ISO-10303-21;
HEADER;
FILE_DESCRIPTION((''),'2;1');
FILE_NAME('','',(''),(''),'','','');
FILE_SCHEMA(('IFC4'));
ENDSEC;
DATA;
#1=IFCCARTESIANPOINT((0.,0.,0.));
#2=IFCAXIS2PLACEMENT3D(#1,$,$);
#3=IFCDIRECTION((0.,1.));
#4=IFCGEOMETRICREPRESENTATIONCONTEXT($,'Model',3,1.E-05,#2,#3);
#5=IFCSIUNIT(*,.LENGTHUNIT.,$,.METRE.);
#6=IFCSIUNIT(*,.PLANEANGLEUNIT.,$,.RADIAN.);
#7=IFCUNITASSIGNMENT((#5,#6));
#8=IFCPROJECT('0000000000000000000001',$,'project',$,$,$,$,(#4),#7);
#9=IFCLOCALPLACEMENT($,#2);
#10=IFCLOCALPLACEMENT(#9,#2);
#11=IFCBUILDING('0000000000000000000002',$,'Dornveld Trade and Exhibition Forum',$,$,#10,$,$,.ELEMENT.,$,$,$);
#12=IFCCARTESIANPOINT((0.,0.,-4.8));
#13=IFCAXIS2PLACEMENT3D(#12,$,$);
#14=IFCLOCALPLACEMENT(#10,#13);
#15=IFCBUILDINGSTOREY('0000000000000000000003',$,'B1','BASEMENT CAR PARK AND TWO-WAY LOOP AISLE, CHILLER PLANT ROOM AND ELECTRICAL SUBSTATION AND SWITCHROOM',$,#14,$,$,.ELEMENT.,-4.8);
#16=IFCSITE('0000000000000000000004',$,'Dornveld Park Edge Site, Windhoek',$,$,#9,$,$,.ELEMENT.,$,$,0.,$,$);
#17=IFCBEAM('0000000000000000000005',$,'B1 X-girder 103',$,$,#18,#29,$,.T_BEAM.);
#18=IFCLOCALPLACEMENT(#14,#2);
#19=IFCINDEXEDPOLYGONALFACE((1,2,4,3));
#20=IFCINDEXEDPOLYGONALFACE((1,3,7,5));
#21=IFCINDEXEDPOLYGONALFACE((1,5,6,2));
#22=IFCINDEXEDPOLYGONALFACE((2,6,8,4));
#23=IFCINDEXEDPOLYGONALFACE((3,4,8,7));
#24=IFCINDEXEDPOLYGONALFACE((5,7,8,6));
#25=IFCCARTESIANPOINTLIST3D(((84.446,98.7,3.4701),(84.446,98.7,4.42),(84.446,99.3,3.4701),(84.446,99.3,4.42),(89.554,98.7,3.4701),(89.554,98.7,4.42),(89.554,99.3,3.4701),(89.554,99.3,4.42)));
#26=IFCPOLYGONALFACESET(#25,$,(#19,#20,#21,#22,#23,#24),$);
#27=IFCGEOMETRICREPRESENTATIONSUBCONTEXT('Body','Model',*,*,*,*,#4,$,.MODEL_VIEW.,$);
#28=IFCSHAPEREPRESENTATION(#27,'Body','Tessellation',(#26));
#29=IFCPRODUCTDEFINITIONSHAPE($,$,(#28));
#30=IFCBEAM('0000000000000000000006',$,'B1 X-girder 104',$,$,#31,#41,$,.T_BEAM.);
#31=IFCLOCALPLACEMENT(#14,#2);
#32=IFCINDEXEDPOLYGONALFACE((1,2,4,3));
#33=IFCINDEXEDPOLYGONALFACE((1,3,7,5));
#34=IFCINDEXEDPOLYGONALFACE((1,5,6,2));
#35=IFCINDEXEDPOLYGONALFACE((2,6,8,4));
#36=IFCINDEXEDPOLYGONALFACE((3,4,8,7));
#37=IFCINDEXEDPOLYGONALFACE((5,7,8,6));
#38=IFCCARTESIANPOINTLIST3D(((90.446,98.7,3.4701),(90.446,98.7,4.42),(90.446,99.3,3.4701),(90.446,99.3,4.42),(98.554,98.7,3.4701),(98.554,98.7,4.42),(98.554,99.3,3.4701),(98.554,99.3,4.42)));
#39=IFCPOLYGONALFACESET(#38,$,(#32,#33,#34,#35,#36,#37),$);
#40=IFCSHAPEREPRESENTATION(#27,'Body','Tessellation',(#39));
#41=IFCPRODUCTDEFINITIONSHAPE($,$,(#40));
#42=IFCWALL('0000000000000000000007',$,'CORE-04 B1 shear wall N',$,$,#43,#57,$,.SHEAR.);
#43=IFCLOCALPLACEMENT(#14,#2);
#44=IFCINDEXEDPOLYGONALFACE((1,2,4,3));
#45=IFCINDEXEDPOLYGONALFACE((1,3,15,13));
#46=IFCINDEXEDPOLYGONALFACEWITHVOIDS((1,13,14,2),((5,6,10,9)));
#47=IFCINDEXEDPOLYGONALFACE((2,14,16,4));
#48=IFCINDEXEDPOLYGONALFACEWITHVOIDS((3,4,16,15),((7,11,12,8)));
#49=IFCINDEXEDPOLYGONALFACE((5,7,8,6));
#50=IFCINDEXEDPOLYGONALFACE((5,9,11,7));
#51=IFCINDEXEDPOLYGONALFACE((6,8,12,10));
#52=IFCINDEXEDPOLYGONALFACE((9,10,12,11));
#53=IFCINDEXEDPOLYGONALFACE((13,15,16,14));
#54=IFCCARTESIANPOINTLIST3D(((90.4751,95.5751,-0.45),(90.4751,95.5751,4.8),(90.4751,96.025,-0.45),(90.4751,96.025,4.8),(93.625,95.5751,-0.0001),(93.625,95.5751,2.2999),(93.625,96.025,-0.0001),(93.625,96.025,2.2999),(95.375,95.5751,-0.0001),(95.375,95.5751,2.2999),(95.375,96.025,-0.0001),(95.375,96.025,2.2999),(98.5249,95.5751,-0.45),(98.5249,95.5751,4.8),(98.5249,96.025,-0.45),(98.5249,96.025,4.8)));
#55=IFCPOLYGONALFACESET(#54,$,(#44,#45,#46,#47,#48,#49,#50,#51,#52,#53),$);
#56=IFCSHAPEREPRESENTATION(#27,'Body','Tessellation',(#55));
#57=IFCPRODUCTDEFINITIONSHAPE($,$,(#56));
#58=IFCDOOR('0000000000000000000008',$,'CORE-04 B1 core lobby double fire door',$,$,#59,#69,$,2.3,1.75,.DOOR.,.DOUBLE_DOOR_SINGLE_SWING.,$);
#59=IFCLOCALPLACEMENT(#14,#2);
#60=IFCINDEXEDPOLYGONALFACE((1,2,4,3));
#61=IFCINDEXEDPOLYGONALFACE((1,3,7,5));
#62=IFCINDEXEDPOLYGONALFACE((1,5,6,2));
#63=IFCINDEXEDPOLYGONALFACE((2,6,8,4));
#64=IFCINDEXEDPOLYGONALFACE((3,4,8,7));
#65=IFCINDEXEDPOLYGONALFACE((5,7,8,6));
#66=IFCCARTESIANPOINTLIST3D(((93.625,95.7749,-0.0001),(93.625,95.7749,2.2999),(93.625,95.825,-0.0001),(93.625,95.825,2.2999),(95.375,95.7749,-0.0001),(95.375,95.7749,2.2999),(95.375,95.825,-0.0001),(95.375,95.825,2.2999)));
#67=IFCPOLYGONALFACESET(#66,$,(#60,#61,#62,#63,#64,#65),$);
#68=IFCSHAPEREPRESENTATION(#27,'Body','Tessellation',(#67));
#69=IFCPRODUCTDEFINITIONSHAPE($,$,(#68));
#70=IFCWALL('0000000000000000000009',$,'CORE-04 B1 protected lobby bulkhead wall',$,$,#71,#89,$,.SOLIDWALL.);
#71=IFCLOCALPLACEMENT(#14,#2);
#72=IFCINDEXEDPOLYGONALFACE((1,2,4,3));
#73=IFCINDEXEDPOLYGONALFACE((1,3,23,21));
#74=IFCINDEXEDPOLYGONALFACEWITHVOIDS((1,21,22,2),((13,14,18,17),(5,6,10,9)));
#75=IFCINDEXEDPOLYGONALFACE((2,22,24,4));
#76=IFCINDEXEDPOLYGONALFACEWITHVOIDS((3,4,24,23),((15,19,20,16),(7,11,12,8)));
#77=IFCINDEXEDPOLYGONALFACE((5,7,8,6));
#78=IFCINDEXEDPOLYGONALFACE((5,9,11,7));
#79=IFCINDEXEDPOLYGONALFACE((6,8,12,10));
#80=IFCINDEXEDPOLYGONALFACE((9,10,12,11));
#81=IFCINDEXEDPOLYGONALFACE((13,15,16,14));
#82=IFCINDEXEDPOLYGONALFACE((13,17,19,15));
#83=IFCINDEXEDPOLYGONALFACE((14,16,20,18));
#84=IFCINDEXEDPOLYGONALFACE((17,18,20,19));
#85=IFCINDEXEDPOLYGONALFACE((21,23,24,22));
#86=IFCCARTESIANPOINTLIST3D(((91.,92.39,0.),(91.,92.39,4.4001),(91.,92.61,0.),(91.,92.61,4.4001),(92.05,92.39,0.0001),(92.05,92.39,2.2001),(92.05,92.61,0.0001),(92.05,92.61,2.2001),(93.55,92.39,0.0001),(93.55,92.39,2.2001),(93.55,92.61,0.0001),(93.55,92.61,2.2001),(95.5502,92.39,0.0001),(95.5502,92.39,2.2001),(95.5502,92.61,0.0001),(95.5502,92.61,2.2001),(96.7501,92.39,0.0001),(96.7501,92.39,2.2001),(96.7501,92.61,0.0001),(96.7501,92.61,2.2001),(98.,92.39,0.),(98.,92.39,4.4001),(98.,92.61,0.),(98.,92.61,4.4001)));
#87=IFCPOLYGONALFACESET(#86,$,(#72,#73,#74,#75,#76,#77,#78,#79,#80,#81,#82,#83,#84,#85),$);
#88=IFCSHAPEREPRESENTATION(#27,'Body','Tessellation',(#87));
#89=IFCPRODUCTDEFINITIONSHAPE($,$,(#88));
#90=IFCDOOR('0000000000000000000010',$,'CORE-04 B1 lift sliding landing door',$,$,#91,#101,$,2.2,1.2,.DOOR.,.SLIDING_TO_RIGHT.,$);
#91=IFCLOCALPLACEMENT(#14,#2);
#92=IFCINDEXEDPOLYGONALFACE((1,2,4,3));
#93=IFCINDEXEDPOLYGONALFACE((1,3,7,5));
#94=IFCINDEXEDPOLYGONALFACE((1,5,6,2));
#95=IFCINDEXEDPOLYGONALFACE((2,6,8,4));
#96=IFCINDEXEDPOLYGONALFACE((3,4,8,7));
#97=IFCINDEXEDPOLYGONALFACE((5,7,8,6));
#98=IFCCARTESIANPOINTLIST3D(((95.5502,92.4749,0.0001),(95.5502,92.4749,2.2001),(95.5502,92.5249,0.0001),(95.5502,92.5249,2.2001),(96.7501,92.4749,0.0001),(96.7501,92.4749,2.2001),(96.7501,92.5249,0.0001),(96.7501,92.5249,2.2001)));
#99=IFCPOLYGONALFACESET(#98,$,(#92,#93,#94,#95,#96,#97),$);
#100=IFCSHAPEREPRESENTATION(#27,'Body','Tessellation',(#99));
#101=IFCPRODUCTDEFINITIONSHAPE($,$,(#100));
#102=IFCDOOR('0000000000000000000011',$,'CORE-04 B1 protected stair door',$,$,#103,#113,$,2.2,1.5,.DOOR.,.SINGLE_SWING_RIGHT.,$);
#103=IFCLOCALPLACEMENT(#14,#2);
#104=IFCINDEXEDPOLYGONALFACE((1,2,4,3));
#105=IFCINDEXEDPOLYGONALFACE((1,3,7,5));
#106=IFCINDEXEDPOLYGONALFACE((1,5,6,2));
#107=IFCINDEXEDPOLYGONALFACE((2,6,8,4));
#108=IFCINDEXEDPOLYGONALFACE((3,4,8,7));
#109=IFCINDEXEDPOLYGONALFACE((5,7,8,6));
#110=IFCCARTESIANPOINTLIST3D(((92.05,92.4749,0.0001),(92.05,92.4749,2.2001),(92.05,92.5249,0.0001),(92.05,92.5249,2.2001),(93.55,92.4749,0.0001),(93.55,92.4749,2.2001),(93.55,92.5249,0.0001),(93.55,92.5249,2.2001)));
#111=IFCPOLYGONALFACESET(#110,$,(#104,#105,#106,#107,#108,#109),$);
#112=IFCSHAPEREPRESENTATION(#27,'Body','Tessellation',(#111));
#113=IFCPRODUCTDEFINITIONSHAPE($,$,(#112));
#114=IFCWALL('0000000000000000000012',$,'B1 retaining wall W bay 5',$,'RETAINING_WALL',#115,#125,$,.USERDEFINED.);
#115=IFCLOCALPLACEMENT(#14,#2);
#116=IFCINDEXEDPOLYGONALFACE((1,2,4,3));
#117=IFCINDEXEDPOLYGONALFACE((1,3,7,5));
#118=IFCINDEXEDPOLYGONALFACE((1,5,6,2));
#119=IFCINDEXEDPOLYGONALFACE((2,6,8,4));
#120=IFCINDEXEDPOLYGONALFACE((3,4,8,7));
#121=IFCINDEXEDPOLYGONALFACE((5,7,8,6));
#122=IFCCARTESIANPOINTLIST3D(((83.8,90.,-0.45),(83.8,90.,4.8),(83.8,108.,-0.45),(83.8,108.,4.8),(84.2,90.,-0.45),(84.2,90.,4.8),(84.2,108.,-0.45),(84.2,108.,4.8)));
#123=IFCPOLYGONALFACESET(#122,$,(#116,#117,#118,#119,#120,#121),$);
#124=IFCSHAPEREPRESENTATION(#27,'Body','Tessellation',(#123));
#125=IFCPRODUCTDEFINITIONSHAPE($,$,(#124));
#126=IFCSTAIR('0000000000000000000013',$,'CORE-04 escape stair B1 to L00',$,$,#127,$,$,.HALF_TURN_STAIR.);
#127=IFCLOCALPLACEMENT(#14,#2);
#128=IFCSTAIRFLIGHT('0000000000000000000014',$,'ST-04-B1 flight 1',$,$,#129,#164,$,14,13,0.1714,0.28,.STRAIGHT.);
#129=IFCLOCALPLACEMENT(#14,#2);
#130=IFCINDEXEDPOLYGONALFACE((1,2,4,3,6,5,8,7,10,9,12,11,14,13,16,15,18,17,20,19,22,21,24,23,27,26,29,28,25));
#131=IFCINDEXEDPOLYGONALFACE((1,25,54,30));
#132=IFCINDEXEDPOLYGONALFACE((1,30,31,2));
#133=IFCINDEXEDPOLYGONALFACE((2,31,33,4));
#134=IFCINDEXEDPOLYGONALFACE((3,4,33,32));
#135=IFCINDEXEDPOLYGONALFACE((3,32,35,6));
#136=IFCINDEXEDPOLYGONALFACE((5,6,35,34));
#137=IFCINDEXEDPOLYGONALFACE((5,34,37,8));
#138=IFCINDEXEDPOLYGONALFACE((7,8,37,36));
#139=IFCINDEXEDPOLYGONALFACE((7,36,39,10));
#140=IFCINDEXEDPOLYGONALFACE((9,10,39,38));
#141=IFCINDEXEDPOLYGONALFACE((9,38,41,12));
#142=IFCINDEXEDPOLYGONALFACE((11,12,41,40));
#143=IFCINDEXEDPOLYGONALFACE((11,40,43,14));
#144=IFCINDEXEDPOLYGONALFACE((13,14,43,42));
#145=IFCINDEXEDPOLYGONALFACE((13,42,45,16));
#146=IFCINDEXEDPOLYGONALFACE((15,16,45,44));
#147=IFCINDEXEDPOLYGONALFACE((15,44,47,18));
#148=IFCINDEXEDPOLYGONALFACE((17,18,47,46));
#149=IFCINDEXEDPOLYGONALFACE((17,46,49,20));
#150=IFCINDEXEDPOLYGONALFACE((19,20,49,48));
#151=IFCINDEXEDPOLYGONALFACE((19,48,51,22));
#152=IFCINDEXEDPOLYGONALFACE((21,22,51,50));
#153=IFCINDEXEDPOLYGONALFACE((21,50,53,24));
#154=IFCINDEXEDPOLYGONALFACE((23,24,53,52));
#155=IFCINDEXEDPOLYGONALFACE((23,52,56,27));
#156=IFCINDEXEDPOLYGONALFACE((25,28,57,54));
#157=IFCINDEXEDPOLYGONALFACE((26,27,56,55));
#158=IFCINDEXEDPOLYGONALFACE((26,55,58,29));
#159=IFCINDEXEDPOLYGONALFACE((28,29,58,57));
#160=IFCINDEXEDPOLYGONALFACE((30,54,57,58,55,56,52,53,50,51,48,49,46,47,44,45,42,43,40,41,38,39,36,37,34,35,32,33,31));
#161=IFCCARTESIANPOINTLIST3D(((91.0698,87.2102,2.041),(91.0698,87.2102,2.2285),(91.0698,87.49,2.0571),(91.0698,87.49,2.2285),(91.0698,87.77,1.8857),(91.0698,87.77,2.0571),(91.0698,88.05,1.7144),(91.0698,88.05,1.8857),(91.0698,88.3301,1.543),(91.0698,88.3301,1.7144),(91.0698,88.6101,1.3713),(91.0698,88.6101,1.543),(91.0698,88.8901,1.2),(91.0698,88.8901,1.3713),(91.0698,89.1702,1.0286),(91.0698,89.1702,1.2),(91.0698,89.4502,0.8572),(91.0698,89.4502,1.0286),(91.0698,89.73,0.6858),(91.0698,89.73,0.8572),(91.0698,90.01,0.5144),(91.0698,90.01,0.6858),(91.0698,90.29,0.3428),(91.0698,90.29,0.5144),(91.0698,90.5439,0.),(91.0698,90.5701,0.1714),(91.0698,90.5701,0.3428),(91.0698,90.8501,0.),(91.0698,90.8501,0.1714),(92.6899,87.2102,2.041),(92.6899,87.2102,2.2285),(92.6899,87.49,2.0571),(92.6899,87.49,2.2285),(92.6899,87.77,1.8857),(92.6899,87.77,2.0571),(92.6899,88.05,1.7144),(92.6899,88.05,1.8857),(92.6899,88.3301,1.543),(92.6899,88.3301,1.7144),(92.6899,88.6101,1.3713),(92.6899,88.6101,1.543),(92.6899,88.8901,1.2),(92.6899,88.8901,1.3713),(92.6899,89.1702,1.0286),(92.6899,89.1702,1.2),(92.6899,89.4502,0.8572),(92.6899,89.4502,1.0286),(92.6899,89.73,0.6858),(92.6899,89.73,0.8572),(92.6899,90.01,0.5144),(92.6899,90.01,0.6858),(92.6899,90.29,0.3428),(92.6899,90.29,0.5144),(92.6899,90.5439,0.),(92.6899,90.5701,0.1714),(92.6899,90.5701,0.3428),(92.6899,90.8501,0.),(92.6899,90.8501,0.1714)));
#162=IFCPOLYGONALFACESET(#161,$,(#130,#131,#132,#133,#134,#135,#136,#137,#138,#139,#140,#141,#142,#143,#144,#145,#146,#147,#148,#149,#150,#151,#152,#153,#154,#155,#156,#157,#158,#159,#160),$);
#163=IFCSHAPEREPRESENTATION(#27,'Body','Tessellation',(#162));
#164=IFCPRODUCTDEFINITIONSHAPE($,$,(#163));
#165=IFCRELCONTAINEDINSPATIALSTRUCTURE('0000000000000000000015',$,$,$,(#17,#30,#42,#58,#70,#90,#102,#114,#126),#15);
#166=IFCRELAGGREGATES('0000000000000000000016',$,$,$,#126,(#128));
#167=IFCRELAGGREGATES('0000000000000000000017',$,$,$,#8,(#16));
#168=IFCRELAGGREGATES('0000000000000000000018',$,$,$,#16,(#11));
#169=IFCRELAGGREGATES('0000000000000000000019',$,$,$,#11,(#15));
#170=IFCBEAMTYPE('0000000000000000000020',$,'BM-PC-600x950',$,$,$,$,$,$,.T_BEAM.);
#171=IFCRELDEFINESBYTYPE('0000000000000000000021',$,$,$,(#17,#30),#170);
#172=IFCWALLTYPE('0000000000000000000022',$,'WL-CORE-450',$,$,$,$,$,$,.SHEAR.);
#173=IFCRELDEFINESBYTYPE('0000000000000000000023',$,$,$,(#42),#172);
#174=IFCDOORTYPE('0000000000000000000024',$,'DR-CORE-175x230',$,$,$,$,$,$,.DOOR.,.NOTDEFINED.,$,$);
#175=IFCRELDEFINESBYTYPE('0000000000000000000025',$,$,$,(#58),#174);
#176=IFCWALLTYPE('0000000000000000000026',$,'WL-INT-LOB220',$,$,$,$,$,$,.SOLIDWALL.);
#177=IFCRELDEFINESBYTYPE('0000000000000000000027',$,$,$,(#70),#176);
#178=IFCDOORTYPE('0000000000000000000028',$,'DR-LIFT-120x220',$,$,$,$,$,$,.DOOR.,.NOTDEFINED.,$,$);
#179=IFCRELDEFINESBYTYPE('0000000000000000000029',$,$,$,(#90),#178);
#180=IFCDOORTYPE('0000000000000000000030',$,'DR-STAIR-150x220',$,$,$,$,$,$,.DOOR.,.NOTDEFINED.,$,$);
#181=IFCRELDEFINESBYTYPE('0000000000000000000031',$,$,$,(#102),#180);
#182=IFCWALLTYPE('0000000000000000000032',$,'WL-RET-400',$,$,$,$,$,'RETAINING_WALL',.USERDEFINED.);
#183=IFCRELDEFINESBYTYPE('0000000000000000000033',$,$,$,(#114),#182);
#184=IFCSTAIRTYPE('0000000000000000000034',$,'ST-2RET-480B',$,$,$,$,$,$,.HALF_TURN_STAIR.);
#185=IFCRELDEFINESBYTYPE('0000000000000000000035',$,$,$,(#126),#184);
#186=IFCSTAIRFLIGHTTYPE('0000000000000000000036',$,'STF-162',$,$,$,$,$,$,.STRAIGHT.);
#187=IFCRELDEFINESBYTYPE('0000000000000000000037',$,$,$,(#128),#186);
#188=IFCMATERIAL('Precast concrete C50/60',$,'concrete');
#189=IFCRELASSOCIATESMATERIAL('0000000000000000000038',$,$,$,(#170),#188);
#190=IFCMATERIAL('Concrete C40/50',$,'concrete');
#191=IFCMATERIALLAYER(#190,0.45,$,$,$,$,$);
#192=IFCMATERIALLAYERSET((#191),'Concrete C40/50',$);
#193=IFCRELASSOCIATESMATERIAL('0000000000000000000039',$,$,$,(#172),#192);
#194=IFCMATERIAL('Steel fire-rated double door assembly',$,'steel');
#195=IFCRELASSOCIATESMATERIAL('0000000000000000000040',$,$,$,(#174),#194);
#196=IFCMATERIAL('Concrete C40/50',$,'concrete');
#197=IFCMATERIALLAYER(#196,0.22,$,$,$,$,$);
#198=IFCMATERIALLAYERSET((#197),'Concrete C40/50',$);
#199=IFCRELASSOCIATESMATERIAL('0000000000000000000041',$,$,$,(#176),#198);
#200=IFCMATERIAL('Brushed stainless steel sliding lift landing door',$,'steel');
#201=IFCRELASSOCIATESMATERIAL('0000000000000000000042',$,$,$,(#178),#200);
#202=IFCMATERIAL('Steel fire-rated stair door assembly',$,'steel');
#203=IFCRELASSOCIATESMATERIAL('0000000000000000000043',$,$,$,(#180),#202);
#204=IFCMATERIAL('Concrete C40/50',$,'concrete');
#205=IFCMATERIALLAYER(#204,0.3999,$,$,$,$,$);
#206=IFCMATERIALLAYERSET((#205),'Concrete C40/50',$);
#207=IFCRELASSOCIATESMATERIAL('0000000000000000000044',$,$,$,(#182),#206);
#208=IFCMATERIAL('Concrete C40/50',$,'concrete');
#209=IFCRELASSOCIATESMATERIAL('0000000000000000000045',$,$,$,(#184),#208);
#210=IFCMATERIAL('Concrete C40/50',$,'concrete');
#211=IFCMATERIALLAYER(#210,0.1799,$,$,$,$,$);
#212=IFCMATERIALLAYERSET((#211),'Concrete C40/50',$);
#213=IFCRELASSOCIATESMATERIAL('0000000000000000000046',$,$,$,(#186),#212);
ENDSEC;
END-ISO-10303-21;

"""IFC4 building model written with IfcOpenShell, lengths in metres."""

from ifc_helpers import new_model, si_unit, direction, frame, frame_2d, origin, origin_2d, place, context, subcontext, project, spatial, polyline, rectangle, outline, extrude, material, layer, layer_set, material_profile, profile_set, type_object, element, fill, aggregate, save


model = new_model("IFC4")

# Units and contexts
model_context = context("Model", 3, precision=1e-05, world=origin(), true_north=direction((0.0, 1.0)))
body_context = subcontext(model_context, "Body", "Model", "MODEL_VIEW")
ifc_project = project(units=[si_unit("LENGTHUNIT", "METRE"), si_unit("PLANEANGLEUNIT", "RADIAN")], contexts=[model_context])

# Site, building, storey
site_placement = place(None, origin())
site = spatial("IfcSite", under=ifc_project, at=site_placement, Name="Dornveld Park Edge Site, Windhoek", CompositionType="ELEMENT", RefElevation=0.0)
building_placement = place(site_placement, origin())
building = spatial("IfcBuilding", under=site, at=building_placement, Name="Dornveld Trade and Exhibition Forum", CompositionType="ELEMENT")
storey_placement = place(building_placement, frame((0.0, 0.0, -4.8)))
storey = spatial("IfcBuildingStorey", under=building, at=storey_placement, Name="B1", Description="BASEMENT CAR PARK AND TWO-WAY LOOP AISLE, CHILLER PLANT ROOM AND ELECTRICAL SUBSTATION AND SWITCHROOM", CompositionType="ELEMENT", Elevation=-4.8)

# Beams
ifc_material_1 = material(Name="Precast concrete C50/60", Category="concrete")
ifc_material_profile_1 = material_profile(ifc_material_1, rectangle(XDim=0.6001, YDim=0.95, at=origin_2d()), Name="PC-GIR 600x950")
ifc_profile_set_1 = profile_set([ifc_material_profile_1], Name="Precast concrete C50/60")
beam_type_1 = type_object("IfcBeamType", Name="BM-PC-600x950", PredefinedType="T_BEAM", material=ifc_profile_set_1)
for number, where, z_axis, x_axis, name in (
    (1, (84.446, 99.0, 3.9451), (1.0, 0.0, 0.0), (0.0, 1.0, 0.0), "B1 X-girder 103"),
):
    element("IfcBeam", number, at=place(storey_placement, frame(where, z_axis=z_axis, x_axis=x_axis)), inside=storey, type_object=beam_type_1, Name=name, PredefinedType="T_BEAM", context=body_context, shape_type="SweptSolid", body=[
        extrude(rectangle(XDim=0.6001, YDim=0.95, at=origin_2d()), origin(), (0.0, 0.0, 1.0), 5.1079),
    ])
beam_placement = place(storey_placement, frame((90.446, 99.0, 3.9451), z_axis=(1.0, 0.0, 0.0), x_axis=(0.0, 1.0, 0.0)))
element("IfcBeam", 2, at=beam_placement, inside=storey, type_object=beam_type_1, Name="B1 X-girder 104", PredefinedType="T_BEAM", context=body_context, shape_type="SweptSolid", body=[
    extrude(rectangle(XDim=0.6001, YDim=0.95, at=origin_2d()), origin(), (0.0, 0.0, 1.0), 8.1079),
])

# Wall, opening, door
ifc_material_2 = material(Name="Concrete C40/50", Category="concrete")
ifc_layer_1 = layer(ifc_material_2, 0.45)
ifc_layer_set_1 = layer_set([ifc_layer_1], Name="Concrete C40/50")
wall_type_1 = type_object("IfcWallType", Name="WL-CORE-450", PredefinedType="SHEAR", material=ifc_layer_set_1)
wall_1_placement = place(storey_placement, frame((90.4751, 95.8, -0.45), z_axis=(0.0, 0.0, 1.0), x_axis=(1.0, 0.0, 0.0)))
wall_1 = element("IfcWall", 3, at=wall_1_placement, inside=storey, type_object=wall_type_1, Name="CORE-04 B1 shear wall N", PredefinedType="SHEAR", context=body_context, shape_type="SweptSolid", body=[
    extrude(rectangle(XDim=8.0498, YDim=0.45, at=frame_2d((4.0249, 0.0))), origin(), (0.0, 0.0, 1.0), 5.25),
])
opening_1_placement = place(wall_1_placement, frame((3.1499, 0.0, 0.45)))
opening_1 = element("IfcOpeningElement", 4, at=opening_1_placement, cuts=wall_1, PredefinedType="OPENING", context=body_context, shape_type="SweptSolid", body=[
    extrude(rectangle(XDim=1.75, YDim=2.3, at=frame_2d((0.875, 1.1499))), frame((0.0, 0.2349, 0.0), z_axis=(0.0, -1.0, 0.0), x_axis=(1.0, 0.0, 0.0)), (0.0, 0.0, 1.0), 0.47),
])
ifc_material_3 = material(Name="Steel fire-rated double door assembly", Category="steel")
door_type_1 = type_object("IfcDoorType", Name="DR-CORE-175x230", OperationType="NOTDEFINED", PredefinedType="DOOR", material=ifc_material_3)
door_1_placement = place(opening_1_placement, origin())
door_1 = element("IfcDoor", 5, at=door_1_placement, inside=storey, type_object=door_type_1, Name="CORE-04 B1 core lobby double fire door", OperationType="DOUBLE_DOOR_SINGLE_SWING", OverallHeight=2.3, OverallWidth=1.75, PredefinedType="DOOR", context=body_context, shape_type="SweptSolid", body=[
    extrude(rectangle(XDim=1.75, YDim=2.3, at=frame_2d((0.875, 1.1499))), frame((0.0, 0.0249, 0.0), z_axis=(0.0, -1.0, 0.0), x_axis=(1.0, 0.0, 0.0)), (0.0, 0.0, 1.0), 0.05),
])
fill(opening_1, door_1)

# Wall, openings, doors
ifc_material_4 = material(Name="Concrete C40/50", Category="concrete")
ifc_layer_2 = layer(ifc_material_4, 0.22)
ifc_layer_set_2 = layer_set([ifc_layer_2], Name="Concrete C40/50")
wall_type_2 = type_object("IfcWallType", Name="WL-INT-LOB220", PredefinedType="SOLIDWALL", material=ifc_layer_set_2)
wall_2_placement = place(storey_placement, frame((91.0, 92.5, 0.0), z_axis=(0.0, 0.0, 1.0), x_axis=(1.0, 0.0, 0.0)))
wall_2 = element("IfcWall", 6, at=wall_2_placement, inside=storey, type_object=wall_type_2, Name="CORE-04 B1 protected lobby bulkhead wall", PredefinedType="SOLIDWALL", context=body_context, shape_type="SweptSolid", body=[
    extrude(rectangle(XDim=7.0, YDim=0.22, at=frame_2d((3.5, 0.0))), origin(), (0.0, 0.0, 1.0), 4.4001),
])
opening_2_placement = place(wall_2_placement, frame((1.05, 0.0, 0.0)))
opening_2 = element("IfcOpeningElement", 7, at=opening_2_placement, cuts=wall_2, PredefinedType="OPENING", context=body_context, shape_type="SweptSolid", body=[
    extrude(rectangle(XDim=1.5, YDim=2.2, at=frame_2d((0.75, 1.1001))), frame((0.0, 0.1199, 0.0), z_axis=(0.0, -1.0, 0.0), x_axis=(1.0, 0.0, 0.0)), (0.0, 0.0, 1.0), 0.24),
])
opening_3_placement = place(wall_2_placement, frame((4.55, 0.0, 0.0)))
opening_3 = element("IfcOpeningElement", 8, at=opening_3_placement, cuts=wall_2, PredefinedType="OPENING", context=body_context, shape_type="SweptSolid", body=[
    extrude(rectangle(XDim=1.2, YDim=2.2, at=frame_2d((0.6001, 1.1001))), frame((0.0, 0.1199, 0.0), z_axis=(0.0, -1.0, 0.0), x_axis=(1.0, 0.0, 0.0)), (0.0, 0.0, 1.0), 0.24),
])
ifc_material_5 = material(Name="Brushed stainless steel sliding lift landing door", Category="steel")
door_type_2 = type_object("IfcDoorType", Name="DR-LIFT-120x220", OperationType="NOTDEFINED", PredefinedType="DOOR", material=ifc_material_5)
door_2_placement = place(opening_3_placement, origin())
door_2 = element("IfcDoor", 9, at=door_2_placement, inside=storey, type_object=door_type_2, Name="CORE-04 B1 lift sliding landing door", OperationType="SLIDING_TO_RIGHT", OverallHeight=2.2, OverallWidth=1.2, PredefinedType="DOOR", context=body_context, shape_type="SweptSolid", body=[
    extrude(rectangle(XDim=1.2, YDim=2.2, at=frame_2d((0.6001, 1.1001))), frame((0.0, 0.0249, 0.0), z_axis=(0.0, -1.0, 0.0), x_axis=(1.0, 0.0, 0.0)), (0.0, 0.0, 1.0), 0.05),
])
fill(opening_3, door_2)
ifc_material_6 = material(Name="Steel fire-rated stair door assembly", Category="steel")
door_type_3 = type_object("IfcDoorType", Name="DR-STAIR-150x220", OperationType="NOTDEFINED", PredefinedType="DOOR", material=ifc_material_6)
door_3_placement = place(opening_2_placement, origin())
door_3 = element("IfcDoor", 10, at=door_3_placement, inside=storey, type_object=door_type_3, Name="CORE-04 B1 protected stair door", OperationType="SINGLE_SWING_RIGHT", OverallHeight=2.2, OverallWidth=1.5, PredefinedType="DOOR", context=body_context, shape_type="SweptSolid", body=[
    extrude(rectangle(XDim=1.5, YDim=2.2, at=frame_2d((0.75, 1.1001))), frame((0.0, 0.0249, 0.0), z_axis=(0.0, -1.0, 0.0), x_axis=(1.0, 0.0, 0.0)), (0.0, 0.0, 1.0), 0.05),
])
fill(opening_2, door_3)

# Wall
ifc_material_7 = material(Name="Concrete C40/50", Category="concrete")
ifc_layer_3 = layer(ifc_material_7, 0.3999)
ifc_layer_set_3 = layer_set([ifc_layer_3], Name="Concrete C40/50")
wall_type_3 = type_object("IfcWallType", Name="WL-RET-400", ElementType="RETAINING_WALL", PredefinedType="USERDEFINED", material=ifc_layer_set_3)
wall_3_placement = place(storey_placement, frame((84.0, 90.0, -0.45), z_axis=(0.0, 0.0, 1.0), x_axis=(0.0, 1.0, 0.0)))
element("IfcWall", 11, at=wall_3_placement, inside=storey, type_object=wall_type_3, Name="B1 retaining wall W bay 5", ObjectType="RETAINING_WALL", PredefinedType="USERDEFINED", context=body_context, shape_type="SweptSolid", body=[
    extrude(rectangle(XDim=18.0, YDim=0.3999, at=frame_2d((9.0, 0.0))), origin(), (0.0, 0.0, 1.0), 5.25),
])

# Stair, stair flight
ifc_material_8 = material(Name="Concrete C40/50", Category="concrete")
stair_type = type_object("IfcStairType", Name="ST-2RET-480B", PredefinedType="HALF_TURN_STAIR", material=ifc_material_8)
stair_placement = place(storey_placement, origin())
stair = element("IfcStair", 12, at=stair_placement, inside=storey, type_object=stair_type, Name="CORE-04 escape stair B1 to L00", PredefinedType="HALF_TURN_STAIR")
ifc_material_9 = material(Name="Concrete C40/50", Category="concrete")
ifc_layer_4 = layer(ifc_material_9, 0.1799)
ifc_layer_set_4 = layer_set([ifc_layer_4], Name="Concrete C40/50")
stair_flight_type = type_object("IfcStairFlightType", Name="STF-162", PredefinedType="STRAIGHT", material=ifc_layer_set_4)
stair_flight_placement = place(storey_placement, frame((91.8799, 90.8501, 0.0), z_axis=(0.0, 0.0, 1.0), x_axis=(0.0, -1.0, 0.0)))
stair_flight = element("IfcStairFlight", 13, at=stair_flight_placement, type_object=stair_flight_type, Name="ST-04-B1 flight 1", NumberOfRisers=14, NumberOfTreads=13, PredefinedType="STRAIGHT", RiserHeight=0.1714, TreadLength=0.28, context=body_context, shape_type="SweptSolid", body=[
    extrude(outline(polyline([(0.0, 0.0), (0.0, 0.1714), (0.28, 0.1714), (0.28, 0.3428), (0.5601, 0.3428), (0.5601, 0.5144), (0.8401, 0.5144), (0.8401, 0.6858), (1.1201, 0.6858), (1.1201, 0.8572), (1.3999, 0.8572), (1.3999, 1.0286), (1.6799, 1.0286), (1.6799, 1.2), (1.96, 1.2), (1.96, 1.3713), (2.24, 1.3713), (2.24, 1.543), (2.52, 1.543), (2.52, 1.7144), (2.8, 1.7144), (2.8, 1.8857), (3.0801, 1.8857), (3.0801, 2.0571), (3.3601, 2.0571), (3.3601, 2.2285), (3.6399, 2.2285), (3.6399, 2.3999), (3.6399, 2.041), (0.3062, 0.0), (0.0, 0.0)])), frame((0.0, 0.8101, 0.0), z_axis=(0.0, -1.0, 0.0), x_axis=(1.0, 0.0, 0.0)), (0.0, 0.0, 1.0), 1.6201),
])
aggregate(stair, [stair_flight])

save(model, "model.ifc")
